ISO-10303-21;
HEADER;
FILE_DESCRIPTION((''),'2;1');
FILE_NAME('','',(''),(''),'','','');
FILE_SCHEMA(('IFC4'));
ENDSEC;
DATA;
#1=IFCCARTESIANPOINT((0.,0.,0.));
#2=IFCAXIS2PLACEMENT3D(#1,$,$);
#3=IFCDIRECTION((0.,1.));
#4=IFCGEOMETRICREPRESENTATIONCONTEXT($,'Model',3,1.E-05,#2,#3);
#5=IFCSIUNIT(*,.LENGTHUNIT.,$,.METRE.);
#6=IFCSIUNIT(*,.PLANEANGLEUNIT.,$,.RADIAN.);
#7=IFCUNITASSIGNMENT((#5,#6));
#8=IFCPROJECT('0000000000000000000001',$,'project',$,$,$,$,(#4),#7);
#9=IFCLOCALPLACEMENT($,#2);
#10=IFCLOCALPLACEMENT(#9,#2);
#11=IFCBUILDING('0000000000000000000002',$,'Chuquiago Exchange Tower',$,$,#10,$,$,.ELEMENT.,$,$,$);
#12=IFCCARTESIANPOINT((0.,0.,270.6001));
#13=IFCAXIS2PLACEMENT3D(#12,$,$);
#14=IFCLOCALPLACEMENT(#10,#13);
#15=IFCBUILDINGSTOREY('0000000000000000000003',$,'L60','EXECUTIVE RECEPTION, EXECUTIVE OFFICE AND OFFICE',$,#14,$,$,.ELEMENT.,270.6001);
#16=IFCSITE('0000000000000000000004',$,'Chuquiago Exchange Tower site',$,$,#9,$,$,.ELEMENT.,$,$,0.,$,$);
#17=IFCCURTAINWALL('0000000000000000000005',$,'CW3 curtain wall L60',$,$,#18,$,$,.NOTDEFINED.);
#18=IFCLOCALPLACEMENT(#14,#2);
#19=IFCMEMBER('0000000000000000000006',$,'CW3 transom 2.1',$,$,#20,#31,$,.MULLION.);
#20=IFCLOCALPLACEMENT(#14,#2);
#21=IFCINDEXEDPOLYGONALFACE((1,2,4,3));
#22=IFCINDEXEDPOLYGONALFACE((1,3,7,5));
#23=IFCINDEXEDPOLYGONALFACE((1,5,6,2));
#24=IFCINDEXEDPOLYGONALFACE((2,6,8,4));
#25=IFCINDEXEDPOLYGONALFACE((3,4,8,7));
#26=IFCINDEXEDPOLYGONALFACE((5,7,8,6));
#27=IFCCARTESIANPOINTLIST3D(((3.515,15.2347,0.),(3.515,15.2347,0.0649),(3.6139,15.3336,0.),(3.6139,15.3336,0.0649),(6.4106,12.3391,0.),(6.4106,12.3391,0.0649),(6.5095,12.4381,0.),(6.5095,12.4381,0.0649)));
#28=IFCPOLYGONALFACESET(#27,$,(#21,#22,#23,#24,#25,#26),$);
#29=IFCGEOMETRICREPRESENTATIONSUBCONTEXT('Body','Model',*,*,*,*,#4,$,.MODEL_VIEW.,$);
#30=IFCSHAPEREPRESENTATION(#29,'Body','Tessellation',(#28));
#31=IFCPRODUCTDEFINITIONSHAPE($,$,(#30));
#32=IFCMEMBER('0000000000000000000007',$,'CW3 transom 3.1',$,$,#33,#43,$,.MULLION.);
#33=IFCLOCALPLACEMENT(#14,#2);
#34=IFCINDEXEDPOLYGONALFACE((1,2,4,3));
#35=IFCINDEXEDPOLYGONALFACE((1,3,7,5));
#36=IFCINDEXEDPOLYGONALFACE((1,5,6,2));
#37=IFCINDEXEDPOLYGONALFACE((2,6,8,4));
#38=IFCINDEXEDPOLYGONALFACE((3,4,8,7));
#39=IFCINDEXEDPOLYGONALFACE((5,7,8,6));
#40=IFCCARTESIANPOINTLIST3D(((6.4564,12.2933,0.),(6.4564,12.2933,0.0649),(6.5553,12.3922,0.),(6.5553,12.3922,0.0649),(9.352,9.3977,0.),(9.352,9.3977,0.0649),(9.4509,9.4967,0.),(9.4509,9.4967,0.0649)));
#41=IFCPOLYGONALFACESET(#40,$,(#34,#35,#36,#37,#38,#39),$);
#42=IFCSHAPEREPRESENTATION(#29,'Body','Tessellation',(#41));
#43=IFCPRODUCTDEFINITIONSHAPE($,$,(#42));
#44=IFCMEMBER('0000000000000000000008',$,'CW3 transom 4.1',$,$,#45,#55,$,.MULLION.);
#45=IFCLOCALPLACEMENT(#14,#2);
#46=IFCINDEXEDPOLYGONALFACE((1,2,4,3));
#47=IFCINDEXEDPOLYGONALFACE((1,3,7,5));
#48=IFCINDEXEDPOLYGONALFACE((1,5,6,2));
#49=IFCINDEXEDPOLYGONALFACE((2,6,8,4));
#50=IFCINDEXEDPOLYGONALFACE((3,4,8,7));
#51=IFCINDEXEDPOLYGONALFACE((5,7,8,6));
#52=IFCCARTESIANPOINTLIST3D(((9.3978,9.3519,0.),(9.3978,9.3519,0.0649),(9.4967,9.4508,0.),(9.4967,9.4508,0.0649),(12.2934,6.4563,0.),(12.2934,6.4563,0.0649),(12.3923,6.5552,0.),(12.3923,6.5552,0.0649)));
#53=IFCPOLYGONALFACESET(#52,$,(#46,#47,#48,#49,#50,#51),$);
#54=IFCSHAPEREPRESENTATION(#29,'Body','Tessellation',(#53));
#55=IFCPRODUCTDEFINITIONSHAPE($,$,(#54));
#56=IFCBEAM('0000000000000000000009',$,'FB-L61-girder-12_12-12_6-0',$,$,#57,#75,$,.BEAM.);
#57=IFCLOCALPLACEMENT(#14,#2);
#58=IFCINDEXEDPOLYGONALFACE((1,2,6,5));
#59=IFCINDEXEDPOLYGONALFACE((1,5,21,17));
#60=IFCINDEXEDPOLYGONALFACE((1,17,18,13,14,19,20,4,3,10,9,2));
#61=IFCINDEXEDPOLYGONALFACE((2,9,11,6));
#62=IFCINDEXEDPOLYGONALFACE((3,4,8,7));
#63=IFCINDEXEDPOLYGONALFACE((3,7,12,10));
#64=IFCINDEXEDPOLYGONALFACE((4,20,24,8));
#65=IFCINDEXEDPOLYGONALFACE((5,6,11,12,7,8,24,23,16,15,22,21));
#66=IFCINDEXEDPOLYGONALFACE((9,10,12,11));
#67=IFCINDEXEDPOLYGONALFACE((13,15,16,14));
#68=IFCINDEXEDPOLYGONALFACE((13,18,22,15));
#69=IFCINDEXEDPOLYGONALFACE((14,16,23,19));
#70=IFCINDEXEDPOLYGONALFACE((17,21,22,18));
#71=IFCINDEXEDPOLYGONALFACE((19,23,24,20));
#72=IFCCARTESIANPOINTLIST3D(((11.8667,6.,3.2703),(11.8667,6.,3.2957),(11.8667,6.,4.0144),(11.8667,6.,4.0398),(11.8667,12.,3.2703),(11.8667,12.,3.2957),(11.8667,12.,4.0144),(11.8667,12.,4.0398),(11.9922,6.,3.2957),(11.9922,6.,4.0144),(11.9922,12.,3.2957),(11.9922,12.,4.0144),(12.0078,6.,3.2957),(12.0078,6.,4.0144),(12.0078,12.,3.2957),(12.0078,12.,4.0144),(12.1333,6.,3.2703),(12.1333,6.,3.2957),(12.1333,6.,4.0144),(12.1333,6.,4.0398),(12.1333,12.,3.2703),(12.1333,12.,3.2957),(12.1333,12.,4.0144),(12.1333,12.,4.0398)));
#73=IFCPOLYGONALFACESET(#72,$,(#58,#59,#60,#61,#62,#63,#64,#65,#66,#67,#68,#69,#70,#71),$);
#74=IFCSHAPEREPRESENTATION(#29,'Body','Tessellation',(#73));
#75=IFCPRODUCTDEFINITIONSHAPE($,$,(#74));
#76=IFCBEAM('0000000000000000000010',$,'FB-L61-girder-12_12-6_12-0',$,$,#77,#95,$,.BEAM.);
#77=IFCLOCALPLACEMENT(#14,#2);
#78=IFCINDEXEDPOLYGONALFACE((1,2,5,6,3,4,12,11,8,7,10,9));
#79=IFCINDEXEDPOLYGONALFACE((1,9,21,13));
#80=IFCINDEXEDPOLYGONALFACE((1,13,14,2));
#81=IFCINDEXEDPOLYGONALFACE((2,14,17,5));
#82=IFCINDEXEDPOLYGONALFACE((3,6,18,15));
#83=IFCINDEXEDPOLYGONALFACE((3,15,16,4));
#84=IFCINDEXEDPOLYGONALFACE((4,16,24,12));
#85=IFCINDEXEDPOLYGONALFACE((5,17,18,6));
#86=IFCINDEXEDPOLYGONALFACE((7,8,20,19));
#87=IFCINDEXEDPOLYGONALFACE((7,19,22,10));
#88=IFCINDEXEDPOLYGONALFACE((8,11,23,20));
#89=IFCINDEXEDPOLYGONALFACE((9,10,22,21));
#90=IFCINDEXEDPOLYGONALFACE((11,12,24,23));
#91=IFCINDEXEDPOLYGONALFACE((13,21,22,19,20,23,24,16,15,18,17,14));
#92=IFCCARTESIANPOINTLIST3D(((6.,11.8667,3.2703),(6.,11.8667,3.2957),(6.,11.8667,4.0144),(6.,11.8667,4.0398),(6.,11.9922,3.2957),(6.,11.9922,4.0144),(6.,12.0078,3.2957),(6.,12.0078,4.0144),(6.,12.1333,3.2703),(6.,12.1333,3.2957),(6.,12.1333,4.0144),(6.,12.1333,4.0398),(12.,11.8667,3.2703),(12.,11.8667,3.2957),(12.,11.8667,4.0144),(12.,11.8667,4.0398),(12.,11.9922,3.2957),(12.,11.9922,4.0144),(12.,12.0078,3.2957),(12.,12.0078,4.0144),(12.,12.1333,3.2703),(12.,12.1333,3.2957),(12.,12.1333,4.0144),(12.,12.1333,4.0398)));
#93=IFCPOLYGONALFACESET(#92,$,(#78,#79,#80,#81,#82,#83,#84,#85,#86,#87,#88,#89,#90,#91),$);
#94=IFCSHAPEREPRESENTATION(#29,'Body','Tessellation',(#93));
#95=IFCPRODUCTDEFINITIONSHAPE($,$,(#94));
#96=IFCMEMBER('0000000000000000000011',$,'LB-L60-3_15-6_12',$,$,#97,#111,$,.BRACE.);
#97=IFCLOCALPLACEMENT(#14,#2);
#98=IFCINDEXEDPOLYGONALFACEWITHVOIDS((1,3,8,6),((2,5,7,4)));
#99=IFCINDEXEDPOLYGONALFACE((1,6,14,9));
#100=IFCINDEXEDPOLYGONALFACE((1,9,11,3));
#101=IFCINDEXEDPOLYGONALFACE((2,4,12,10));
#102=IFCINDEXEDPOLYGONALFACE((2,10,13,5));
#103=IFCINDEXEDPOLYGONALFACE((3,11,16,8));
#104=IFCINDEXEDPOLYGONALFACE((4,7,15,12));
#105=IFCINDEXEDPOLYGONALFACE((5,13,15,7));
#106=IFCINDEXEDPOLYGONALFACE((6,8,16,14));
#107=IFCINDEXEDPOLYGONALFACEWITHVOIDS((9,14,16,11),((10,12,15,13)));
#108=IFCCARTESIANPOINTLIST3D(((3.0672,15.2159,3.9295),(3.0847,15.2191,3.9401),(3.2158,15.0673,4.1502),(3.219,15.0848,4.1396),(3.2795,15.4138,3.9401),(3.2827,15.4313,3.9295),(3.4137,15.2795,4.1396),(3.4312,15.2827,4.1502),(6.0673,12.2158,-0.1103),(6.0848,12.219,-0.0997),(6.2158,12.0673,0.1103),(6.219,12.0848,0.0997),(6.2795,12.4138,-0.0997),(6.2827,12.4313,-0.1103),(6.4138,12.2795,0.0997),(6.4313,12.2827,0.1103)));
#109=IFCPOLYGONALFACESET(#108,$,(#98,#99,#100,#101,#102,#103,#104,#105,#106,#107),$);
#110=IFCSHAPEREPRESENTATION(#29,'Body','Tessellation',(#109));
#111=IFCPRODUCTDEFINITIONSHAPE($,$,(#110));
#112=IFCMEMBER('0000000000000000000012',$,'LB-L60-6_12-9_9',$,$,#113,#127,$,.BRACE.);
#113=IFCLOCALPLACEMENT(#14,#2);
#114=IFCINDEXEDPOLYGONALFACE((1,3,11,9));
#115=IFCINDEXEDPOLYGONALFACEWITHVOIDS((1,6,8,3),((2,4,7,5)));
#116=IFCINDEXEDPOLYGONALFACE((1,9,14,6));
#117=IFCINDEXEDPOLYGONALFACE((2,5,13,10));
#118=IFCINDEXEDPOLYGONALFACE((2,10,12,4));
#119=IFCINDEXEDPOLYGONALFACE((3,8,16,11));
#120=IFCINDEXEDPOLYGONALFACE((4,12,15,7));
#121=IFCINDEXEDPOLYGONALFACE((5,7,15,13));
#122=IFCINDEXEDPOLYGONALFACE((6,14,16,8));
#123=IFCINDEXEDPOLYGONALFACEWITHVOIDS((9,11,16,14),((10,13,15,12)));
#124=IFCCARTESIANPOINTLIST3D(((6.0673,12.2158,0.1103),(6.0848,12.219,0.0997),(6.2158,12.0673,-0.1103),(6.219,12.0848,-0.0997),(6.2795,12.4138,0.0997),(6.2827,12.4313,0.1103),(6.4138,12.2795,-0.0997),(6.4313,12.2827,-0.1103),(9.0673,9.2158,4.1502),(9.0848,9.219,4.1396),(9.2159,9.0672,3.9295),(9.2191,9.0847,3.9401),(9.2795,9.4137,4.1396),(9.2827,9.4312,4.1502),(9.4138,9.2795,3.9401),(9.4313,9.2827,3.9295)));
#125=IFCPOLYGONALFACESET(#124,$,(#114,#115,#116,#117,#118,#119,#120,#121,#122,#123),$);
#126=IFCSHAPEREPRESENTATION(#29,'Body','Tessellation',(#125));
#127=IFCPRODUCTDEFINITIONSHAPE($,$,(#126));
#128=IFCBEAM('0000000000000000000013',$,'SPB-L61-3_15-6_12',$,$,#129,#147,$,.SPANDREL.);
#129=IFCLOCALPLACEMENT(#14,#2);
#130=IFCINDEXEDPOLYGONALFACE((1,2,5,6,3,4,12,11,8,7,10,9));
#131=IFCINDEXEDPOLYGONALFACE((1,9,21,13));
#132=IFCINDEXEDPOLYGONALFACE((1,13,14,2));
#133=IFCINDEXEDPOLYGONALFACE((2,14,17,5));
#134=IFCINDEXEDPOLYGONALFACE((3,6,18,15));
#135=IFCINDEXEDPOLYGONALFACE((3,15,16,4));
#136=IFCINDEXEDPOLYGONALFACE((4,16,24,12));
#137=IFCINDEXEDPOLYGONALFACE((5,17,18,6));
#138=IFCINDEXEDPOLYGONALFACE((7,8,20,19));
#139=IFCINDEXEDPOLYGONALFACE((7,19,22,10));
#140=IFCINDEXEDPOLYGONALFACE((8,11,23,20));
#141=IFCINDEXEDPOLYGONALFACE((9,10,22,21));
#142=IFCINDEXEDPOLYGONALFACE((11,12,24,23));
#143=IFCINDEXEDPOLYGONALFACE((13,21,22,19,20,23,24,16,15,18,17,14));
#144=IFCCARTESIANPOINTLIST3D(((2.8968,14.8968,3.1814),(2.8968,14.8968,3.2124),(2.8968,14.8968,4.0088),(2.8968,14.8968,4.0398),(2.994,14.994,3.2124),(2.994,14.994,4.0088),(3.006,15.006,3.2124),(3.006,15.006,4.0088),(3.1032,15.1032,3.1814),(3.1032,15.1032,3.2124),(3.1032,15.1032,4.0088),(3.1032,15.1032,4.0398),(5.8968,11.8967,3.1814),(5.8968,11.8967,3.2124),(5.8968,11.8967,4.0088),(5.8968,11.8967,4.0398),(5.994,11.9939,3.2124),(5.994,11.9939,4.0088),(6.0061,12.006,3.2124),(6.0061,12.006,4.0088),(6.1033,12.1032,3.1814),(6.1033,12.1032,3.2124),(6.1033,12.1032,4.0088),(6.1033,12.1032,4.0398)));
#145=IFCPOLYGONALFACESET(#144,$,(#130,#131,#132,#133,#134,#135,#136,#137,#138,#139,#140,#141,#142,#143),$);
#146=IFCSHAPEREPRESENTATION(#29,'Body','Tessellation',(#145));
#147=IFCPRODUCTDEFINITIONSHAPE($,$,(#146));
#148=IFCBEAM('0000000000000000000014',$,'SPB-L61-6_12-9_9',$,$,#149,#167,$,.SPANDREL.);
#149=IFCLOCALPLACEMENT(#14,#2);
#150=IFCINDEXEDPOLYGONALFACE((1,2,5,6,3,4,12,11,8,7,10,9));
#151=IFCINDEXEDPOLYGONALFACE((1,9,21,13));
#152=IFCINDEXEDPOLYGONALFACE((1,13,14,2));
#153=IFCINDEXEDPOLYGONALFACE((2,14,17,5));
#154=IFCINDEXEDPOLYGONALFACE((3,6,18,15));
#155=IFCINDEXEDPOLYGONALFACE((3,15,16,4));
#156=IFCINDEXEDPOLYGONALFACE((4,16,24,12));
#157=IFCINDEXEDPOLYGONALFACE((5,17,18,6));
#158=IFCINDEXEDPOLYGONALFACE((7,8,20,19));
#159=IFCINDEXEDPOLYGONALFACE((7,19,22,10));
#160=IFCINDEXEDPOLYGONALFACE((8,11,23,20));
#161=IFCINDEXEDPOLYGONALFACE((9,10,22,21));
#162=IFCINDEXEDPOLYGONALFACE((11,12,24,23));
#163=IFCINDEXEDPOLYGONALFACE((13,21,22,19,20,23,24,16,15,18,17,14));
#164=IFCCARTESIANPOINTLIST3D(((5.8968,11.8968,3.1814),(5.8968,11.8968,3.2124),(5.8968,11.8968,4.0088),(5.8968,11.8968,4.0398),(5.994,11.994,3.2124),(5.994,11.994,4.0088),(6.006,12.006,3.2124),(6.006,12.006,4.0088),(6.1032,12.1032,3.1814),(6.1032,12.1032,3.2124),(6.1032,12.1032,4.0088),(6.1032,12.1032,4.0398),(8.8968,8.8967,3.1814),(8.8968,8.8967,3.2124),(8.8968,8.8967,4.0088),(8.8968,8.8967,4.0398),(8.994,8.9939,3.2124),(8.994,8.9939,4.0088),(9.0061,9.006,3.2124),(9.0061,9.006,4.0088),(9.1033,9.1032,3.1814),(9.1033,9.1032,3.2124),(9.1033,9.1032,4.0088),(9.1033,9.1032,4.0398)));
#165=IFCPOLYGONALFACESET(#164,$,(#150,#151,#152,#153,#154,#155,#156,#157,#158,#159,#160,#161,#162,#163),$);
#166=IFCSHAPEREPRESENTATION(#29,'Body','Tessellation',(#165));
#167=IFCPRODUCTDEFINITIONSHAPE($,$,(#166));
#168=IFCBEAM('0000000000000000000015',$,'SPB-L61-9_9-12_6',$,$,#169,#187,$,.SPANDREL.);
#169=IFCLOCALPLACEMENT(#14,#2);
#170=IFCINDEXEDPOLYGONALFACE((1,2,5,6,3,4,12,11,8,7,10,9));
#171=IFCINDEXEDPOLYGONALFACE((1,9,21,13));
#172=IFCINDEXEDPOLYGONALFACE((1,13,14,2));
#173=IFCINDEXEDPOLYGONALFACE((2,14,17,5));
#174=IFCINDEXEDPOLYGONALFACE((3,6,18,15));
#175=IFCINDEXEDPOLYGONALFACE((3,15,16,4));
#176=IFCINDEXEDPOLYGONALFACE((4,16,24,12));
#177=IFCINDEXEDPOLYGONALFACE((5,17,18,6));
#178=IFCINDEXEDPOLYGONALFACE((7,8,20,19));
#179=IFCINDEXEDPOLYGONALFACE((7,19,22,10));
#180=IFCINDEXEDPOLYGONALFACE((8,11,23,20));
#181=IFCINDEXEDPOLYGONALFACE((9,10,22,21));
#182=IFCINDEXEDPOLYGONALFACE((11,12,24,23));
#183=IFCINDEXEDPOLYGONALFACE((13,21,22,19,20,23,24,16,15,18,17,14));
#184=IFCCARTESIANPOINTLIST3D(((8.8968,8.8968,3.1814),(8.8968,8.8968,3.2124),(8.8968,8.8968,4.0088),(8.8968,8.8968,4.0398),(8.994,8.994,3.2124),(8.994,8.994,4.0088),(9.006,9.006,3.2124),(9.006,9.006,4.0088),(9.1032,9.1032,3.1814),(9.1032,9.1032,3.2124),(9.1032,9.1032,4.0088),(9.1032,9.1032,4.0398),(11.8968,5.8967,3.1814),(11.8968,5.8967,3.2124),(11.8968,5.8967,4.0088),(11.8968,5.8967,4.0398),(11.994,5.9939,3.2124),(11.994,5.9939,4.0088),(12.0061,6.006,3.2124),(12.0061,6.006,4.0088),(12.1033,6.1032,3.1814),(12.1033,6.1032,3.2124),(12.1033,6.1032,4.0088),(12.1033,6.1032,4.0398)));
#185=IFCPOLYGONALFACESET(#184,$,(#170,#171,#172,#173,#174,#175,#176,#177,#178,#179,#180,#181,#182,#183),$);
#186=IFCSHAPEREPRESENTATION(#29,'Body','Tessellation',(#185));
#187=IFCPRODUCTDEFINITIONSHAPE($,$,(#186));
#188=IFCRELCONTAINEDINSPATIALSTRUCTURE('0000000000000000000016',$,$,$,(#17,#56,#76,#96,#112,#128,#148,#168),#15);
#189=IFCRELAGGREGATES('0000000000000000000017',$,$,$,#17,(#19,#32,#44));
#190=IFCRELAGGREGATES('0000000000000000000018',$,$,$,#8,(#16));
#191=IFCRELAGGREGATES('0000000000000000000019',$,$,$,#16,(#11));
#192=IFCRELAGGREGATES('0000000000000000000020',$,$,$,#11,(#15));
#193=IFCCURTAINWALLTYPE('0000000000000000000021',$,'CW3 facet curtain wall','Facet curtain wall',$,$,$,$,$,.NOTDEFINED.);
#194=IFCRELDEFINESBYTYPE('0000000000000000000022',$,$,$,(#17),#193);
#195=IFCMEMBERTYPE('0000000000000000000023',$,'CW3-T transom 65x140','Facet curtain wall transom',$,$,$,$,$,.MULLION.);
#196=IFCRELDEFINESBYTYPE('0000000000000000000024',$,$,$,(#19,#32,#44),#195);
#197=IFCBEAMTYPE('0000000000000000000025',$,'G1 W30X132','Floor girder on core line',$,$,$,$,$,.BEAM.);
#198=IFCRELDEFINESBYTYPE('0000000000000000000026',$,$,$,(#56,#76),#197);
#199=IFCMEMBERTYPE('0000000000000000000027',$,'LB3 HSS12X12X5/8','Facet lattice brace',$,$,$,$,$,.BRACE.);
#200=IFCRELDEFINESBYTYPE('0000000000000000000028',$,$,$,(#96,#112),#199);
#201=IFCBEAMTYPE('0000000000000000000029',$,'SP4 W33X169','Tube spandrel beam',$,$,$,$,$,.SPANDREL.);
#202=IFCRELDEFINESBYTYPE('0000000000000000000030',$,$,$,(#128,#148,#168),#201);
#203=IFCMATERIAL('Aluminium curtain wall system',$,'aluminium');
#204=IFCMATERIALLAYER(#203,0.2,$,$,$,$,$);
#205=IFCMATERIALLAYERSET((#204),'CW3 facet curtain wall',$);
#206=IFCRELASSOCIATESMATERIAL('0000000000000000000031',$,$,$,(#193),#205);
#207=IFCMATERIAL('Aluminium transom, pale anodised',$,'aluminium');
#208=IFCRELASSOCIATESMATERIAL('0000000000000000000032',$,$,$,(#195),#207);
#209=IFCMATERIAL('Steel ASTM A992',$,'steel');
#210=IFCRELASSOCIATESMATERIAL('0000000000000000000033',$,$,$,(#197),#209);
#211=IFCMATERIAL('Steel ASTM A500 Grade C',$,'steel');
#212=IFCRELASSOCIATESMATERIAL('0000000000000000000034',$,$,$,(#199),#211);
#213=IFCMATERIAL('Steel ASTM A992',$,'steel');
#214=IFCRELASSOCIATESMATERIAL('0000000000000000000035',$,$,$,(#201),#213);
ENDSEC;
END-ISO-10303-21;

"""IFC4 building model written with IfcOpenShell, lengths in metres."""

from ifc_helpers import new_model, si_unit, direction, frame, origin, origin_2d, place, context, subcontext, project, spatial, rectangle, hollow_rectangle, i_section, extrude, material, layer, layer_set, material_profile, profile_set, type_object, element, aggregate, save


model = new_model("IFC4")

# Units and contexts
model_context = context("Model", 3, precision=1e-05, world=origin(), true_north=direction((0.0, 1.0)))
body_context = subcontext(model_context, "Body", "Model", "MODEL_VIEW")
ifc_project = project(units=[si_unit("LENGTHUNIT", "METRE"), si_unit("PLANEANGLEUNIT", "RADIAN")], contexts=[model_context])

# Site, building, storey
site_placement = place(None, origin())
site = spatial("IfcSite", under=ifc_project, at=site_placement, Name="Chuquiago Exchange Tower site", CompositionType="ELEMENT", RefElevation=0.0)
building_placement = place(site_placement, origin())
building = spatial("IfcBuilding", under=site, at=building_placement, Name="Chuquiago Exchange Tower", CompositionType="ELEMENT")
storey_placement = place(building_placement, frame((0.0, 0.0, 270.6001)))
storey = spatial("IfcBuildingStorey", under=building, at=storey_placement, Name="L60", Description="EXECUTIVE RECEPTION, EXECUTIVE OFFICE AND OFFICE", CompositionType="ELEMENT", Elevation=270.6001)

# Curtain wall, members
ifc_material_1 = material(Name="Aluminium curtain wall system", Category="aluminium")
ifc_layer_1 = layer(ifc_material_1, 0.2)
ifc_layer_set_1 = layer_set([ifc_layer_1], Name="CW3 facet curtain wall")
curtain_wall_type = type_object("IfcCurtainWallType", Name="CW3 facet curtain wall", Description="Facet curtain wall", PredefinedType="NOTDEFINED", material=ifc_layer_set_1)
curtain_wall_placement = place(storey_placement, origin())
curtain_wall = element("IfcCurtainWall", 1, at=curtain_wall_placement, inside=storey, type_object=curtain_wall_type, Name="CW3 curtain wall L60", PredefinedType="NOTDEFINED")
ifc_material_2 = material(Name="Aluminium transom, pale anodised", Category="aluminium")
ifc_material_profile_1 = material_profile(ifc_material_2, rectangle(XDim=0.1399, YDim=0.0649, at=origin_2d()), Name="AL 140x65")
ifc_profile_set_1 = profile_set([ifc_material_profile_1], Name="Aluminium transom, pale anodised")
member_type_1 = type_object("IfcMemberType", Name="CW3-T transom 65x140", Description="Facet curtain wall transom", PredefinedType="MULLION", material=ifc_profile_set_1)
member_1_placement = place(storey_placement, frame((3.5645, 15.2842, 0.0325), z_axis=(0.707107, -0.707107, 0.0), x_axis=(0.707107, 0.707107, 0.0)))
member_1 = element("IfcMember", 2, at=member_1_placement, type_object=member_type_1, Name="CW3 transom 2.1", PredefinedType="MULLION", context=body_context, shape_type="SweptSolid", body=[
    extrude(rectangle(XDim=0.1399, YDim=0.0649, at=origin_2d()), origin(), (0.0, 0.0, 1.0), 4.095),
])
member_2_placement = place(storey_placement, frame((6.5059, 12.3428, 0.0325), z_axis=(0.707107, -0.707107, 0.0), x_axis=(0.707107, 0.707107, 0.0)))
member_2 = element("IfcMember", 3, at=member_2_placement, type_object=member_type_1, Name="CW3 transom 3.1", PredefinedType="MULLION", context=body_context, shape_type="SweptSolid", body=[
    extrude(rectangle(XDim=0.1399, YDim=0.0649, at=origin_2d()), origin(), (0.0, 0.0, 1.0), 4.095),
])
member_3_placement = place(storey_placement, frame((9.4473, 9.4014, 0.0325), z_axis=(0.707107, -0.707107, 0.0), x_axis=(0.707107, 0.707107, 0.0)))
member_3 = element("IfcMember", 4, at=member_3_placement, type_object=member_type_1, Name="CW3 transom 4.1", PredefinedType="MULLION", context=body_context, shape_type="SweptSolid", body=[
    extrude(rectangle(XDim=0.1399, YDim=0.0649, at=origin_2d()), origin(), (0.0, 0.0, 1.0), 4.095),
])

# Beams
ifc_material_3 = material(Name="Steel ASTM A992", Category="steel")
ifc_material_profile_2 = material_profile(ifc_material_3, i_section(OverallWidth=0.2666, OverallDepth=0.7695, WebThickness=0.0156, FlangeThickness=0.0254, at=origin_2d()), Name="W30X132")
ifc_profile_set_2 = profile_set([ifc_material_profile_2], Name="Steel ASTM A992")
beam_type_1 = type_object("IfcBeamType", Name="G1 W30X132", Description="Floor girder on core line", PredefinedType="BEAM", material=ifc_profile_set_2)
for number, where, z_axis, x_axis, name in (
    (5, (12.0, 12.0, 3.655), (0.0, -1.0, 0.0), (1.0, 0.0, 0.0), "FB-L61-girder-12_12-12_6-0"),
    (6, (12.0, 12.0, 3.655), (-1.0, 0.0, 0.0), (0.0, -1.0, 0.0), "FB-L61-girder-12_12-6_12-0"),
):
    element("IfcBeam", number, at=place(storey_placement, frame(where, z_axis=z_axis, x_axis=x_axis)), inside=storey, type_object=beam_type_1, Name=name, PredefinedType="BEAM", context=body_context, shape_type="SweptSolid", body=[
        extrude(i_section(OverallWidth=0.2666, OverallDepth=0.7695, WebThickness=0.0156, FlangeThickness=0.0254, at=origin_2d()), origin(), (0.0, 0.0, 1.0), 6.0),
    ])

# Members
ifc_material_4 = material(Name="Steel ASTM A500 Grade C", Category="steel")
ifc_material_profile_3 = material_profile(ifc_material_4, hollow_rectangle(XDim=0.3047, YDim=0.3047, WallThickness=0.0146, at=origin_2d()), Name="HSS12X12X5/8")
ifc_profile_set_3 = profile_set([ifc_material_profile_3], Name="Steel ASTM A500 Grade C")
member_type_2 = type_object("IfcMemberType", Name="LB3 HSS12X12X5/8", Description="Facet lattice brace", PredefinedType="BRACE", material=ifc_profile_set_3)
for number, where, z_axis, x_axis, name in (
    (7, (6.2493, 12.2493, 0.0), (-0.512092, 0.512092, 0.689582), (-0.707107, -0.707107, 0.0), "LB-L60-3_15-6_12"),
    (8, (6.2493, 12.2493, 0.0), (0.512092, -0.512092, 0.689582), (0.707107, 0.707107, 0.0), "LB-L60-6_12-9_9"),
):
    element("IfcMember", number, at=place(storey_placement, frame(where, z_axis=z_axis, x_axis=x_axis)), inside=storey, type_object=member_type_2, Name=name, PredefinedType="BRACE", context=body_context, shape_type="SweptSolid", body=[
        extrude(hollow_rectangle(XDim=0.3047, YDim=0.3047, WallThickness=0.0146, at=origin_2d()), origin(), (0.0, 0.0, 1.0), 5.8584),
    ])

# Beams
ifc_material_5 = material(Name="Steel ASTM A992", Category="steel")
ifc_material_profile_4 = material_profile(ifc_material_5, i_section(OverallWidth=0.292, OverallDepth=0.8584, WebThickness=0.0171, FlangeThickness=0.031, at=origin_2d()), Name="W33X169")
ifc_profile_set_4 = profile_set([ifc_material_profile_4], Name="Steel ASTM A992")
beam_type_2 = type_object("IfcBeamType", Name="SP4 W33X169", Description="Tube spandrel beam", PredefinedType="SPANDREL", material=ifc_profile_set_4)
for number, where, z_axis, x_axis, name in (
    (9, (3.0, 15.0, 3.6106), (0.707107, -0.707107, 0.0), (0.707107, 0.707107, 0.0), "SPB-L61-3_15-6_12"),
    (10, (6.0, 12.0, 3.6106), (0.707107, -0.707107, 0.0), (0.707107, 0.707107, 0.0), "SPB-L61-6_12-9_9"),
    (11, (9.0, 9.0, 3.6106), (0.707107, -0.707107, 0.0), (0.707107, 0.707107, 0.0), "SPB-L61-9_9-12_6"),
):
    element("IfcBeam", number, at=place(storey_placement, frame(where, z_axis=z_axis, x_axis=x_axis)), inside=storey, type_object=beam_type_2, Name=name, PredefinedType="SPANDREL", context=body_context, shape_type="SweptSolid", body=[
        extrude(i_section(OverallWidth=0.292, OverallDepth=0.8584, WebThickness=0.0171, FlangeThickness=0.031, at=origin_2d()), origin(), (0.0, 0.0, 1.0), 4.2427),
    ])

aggregate(curtain_wall, [member_1, member_2, member_3])

save(model, "model.ifc")
